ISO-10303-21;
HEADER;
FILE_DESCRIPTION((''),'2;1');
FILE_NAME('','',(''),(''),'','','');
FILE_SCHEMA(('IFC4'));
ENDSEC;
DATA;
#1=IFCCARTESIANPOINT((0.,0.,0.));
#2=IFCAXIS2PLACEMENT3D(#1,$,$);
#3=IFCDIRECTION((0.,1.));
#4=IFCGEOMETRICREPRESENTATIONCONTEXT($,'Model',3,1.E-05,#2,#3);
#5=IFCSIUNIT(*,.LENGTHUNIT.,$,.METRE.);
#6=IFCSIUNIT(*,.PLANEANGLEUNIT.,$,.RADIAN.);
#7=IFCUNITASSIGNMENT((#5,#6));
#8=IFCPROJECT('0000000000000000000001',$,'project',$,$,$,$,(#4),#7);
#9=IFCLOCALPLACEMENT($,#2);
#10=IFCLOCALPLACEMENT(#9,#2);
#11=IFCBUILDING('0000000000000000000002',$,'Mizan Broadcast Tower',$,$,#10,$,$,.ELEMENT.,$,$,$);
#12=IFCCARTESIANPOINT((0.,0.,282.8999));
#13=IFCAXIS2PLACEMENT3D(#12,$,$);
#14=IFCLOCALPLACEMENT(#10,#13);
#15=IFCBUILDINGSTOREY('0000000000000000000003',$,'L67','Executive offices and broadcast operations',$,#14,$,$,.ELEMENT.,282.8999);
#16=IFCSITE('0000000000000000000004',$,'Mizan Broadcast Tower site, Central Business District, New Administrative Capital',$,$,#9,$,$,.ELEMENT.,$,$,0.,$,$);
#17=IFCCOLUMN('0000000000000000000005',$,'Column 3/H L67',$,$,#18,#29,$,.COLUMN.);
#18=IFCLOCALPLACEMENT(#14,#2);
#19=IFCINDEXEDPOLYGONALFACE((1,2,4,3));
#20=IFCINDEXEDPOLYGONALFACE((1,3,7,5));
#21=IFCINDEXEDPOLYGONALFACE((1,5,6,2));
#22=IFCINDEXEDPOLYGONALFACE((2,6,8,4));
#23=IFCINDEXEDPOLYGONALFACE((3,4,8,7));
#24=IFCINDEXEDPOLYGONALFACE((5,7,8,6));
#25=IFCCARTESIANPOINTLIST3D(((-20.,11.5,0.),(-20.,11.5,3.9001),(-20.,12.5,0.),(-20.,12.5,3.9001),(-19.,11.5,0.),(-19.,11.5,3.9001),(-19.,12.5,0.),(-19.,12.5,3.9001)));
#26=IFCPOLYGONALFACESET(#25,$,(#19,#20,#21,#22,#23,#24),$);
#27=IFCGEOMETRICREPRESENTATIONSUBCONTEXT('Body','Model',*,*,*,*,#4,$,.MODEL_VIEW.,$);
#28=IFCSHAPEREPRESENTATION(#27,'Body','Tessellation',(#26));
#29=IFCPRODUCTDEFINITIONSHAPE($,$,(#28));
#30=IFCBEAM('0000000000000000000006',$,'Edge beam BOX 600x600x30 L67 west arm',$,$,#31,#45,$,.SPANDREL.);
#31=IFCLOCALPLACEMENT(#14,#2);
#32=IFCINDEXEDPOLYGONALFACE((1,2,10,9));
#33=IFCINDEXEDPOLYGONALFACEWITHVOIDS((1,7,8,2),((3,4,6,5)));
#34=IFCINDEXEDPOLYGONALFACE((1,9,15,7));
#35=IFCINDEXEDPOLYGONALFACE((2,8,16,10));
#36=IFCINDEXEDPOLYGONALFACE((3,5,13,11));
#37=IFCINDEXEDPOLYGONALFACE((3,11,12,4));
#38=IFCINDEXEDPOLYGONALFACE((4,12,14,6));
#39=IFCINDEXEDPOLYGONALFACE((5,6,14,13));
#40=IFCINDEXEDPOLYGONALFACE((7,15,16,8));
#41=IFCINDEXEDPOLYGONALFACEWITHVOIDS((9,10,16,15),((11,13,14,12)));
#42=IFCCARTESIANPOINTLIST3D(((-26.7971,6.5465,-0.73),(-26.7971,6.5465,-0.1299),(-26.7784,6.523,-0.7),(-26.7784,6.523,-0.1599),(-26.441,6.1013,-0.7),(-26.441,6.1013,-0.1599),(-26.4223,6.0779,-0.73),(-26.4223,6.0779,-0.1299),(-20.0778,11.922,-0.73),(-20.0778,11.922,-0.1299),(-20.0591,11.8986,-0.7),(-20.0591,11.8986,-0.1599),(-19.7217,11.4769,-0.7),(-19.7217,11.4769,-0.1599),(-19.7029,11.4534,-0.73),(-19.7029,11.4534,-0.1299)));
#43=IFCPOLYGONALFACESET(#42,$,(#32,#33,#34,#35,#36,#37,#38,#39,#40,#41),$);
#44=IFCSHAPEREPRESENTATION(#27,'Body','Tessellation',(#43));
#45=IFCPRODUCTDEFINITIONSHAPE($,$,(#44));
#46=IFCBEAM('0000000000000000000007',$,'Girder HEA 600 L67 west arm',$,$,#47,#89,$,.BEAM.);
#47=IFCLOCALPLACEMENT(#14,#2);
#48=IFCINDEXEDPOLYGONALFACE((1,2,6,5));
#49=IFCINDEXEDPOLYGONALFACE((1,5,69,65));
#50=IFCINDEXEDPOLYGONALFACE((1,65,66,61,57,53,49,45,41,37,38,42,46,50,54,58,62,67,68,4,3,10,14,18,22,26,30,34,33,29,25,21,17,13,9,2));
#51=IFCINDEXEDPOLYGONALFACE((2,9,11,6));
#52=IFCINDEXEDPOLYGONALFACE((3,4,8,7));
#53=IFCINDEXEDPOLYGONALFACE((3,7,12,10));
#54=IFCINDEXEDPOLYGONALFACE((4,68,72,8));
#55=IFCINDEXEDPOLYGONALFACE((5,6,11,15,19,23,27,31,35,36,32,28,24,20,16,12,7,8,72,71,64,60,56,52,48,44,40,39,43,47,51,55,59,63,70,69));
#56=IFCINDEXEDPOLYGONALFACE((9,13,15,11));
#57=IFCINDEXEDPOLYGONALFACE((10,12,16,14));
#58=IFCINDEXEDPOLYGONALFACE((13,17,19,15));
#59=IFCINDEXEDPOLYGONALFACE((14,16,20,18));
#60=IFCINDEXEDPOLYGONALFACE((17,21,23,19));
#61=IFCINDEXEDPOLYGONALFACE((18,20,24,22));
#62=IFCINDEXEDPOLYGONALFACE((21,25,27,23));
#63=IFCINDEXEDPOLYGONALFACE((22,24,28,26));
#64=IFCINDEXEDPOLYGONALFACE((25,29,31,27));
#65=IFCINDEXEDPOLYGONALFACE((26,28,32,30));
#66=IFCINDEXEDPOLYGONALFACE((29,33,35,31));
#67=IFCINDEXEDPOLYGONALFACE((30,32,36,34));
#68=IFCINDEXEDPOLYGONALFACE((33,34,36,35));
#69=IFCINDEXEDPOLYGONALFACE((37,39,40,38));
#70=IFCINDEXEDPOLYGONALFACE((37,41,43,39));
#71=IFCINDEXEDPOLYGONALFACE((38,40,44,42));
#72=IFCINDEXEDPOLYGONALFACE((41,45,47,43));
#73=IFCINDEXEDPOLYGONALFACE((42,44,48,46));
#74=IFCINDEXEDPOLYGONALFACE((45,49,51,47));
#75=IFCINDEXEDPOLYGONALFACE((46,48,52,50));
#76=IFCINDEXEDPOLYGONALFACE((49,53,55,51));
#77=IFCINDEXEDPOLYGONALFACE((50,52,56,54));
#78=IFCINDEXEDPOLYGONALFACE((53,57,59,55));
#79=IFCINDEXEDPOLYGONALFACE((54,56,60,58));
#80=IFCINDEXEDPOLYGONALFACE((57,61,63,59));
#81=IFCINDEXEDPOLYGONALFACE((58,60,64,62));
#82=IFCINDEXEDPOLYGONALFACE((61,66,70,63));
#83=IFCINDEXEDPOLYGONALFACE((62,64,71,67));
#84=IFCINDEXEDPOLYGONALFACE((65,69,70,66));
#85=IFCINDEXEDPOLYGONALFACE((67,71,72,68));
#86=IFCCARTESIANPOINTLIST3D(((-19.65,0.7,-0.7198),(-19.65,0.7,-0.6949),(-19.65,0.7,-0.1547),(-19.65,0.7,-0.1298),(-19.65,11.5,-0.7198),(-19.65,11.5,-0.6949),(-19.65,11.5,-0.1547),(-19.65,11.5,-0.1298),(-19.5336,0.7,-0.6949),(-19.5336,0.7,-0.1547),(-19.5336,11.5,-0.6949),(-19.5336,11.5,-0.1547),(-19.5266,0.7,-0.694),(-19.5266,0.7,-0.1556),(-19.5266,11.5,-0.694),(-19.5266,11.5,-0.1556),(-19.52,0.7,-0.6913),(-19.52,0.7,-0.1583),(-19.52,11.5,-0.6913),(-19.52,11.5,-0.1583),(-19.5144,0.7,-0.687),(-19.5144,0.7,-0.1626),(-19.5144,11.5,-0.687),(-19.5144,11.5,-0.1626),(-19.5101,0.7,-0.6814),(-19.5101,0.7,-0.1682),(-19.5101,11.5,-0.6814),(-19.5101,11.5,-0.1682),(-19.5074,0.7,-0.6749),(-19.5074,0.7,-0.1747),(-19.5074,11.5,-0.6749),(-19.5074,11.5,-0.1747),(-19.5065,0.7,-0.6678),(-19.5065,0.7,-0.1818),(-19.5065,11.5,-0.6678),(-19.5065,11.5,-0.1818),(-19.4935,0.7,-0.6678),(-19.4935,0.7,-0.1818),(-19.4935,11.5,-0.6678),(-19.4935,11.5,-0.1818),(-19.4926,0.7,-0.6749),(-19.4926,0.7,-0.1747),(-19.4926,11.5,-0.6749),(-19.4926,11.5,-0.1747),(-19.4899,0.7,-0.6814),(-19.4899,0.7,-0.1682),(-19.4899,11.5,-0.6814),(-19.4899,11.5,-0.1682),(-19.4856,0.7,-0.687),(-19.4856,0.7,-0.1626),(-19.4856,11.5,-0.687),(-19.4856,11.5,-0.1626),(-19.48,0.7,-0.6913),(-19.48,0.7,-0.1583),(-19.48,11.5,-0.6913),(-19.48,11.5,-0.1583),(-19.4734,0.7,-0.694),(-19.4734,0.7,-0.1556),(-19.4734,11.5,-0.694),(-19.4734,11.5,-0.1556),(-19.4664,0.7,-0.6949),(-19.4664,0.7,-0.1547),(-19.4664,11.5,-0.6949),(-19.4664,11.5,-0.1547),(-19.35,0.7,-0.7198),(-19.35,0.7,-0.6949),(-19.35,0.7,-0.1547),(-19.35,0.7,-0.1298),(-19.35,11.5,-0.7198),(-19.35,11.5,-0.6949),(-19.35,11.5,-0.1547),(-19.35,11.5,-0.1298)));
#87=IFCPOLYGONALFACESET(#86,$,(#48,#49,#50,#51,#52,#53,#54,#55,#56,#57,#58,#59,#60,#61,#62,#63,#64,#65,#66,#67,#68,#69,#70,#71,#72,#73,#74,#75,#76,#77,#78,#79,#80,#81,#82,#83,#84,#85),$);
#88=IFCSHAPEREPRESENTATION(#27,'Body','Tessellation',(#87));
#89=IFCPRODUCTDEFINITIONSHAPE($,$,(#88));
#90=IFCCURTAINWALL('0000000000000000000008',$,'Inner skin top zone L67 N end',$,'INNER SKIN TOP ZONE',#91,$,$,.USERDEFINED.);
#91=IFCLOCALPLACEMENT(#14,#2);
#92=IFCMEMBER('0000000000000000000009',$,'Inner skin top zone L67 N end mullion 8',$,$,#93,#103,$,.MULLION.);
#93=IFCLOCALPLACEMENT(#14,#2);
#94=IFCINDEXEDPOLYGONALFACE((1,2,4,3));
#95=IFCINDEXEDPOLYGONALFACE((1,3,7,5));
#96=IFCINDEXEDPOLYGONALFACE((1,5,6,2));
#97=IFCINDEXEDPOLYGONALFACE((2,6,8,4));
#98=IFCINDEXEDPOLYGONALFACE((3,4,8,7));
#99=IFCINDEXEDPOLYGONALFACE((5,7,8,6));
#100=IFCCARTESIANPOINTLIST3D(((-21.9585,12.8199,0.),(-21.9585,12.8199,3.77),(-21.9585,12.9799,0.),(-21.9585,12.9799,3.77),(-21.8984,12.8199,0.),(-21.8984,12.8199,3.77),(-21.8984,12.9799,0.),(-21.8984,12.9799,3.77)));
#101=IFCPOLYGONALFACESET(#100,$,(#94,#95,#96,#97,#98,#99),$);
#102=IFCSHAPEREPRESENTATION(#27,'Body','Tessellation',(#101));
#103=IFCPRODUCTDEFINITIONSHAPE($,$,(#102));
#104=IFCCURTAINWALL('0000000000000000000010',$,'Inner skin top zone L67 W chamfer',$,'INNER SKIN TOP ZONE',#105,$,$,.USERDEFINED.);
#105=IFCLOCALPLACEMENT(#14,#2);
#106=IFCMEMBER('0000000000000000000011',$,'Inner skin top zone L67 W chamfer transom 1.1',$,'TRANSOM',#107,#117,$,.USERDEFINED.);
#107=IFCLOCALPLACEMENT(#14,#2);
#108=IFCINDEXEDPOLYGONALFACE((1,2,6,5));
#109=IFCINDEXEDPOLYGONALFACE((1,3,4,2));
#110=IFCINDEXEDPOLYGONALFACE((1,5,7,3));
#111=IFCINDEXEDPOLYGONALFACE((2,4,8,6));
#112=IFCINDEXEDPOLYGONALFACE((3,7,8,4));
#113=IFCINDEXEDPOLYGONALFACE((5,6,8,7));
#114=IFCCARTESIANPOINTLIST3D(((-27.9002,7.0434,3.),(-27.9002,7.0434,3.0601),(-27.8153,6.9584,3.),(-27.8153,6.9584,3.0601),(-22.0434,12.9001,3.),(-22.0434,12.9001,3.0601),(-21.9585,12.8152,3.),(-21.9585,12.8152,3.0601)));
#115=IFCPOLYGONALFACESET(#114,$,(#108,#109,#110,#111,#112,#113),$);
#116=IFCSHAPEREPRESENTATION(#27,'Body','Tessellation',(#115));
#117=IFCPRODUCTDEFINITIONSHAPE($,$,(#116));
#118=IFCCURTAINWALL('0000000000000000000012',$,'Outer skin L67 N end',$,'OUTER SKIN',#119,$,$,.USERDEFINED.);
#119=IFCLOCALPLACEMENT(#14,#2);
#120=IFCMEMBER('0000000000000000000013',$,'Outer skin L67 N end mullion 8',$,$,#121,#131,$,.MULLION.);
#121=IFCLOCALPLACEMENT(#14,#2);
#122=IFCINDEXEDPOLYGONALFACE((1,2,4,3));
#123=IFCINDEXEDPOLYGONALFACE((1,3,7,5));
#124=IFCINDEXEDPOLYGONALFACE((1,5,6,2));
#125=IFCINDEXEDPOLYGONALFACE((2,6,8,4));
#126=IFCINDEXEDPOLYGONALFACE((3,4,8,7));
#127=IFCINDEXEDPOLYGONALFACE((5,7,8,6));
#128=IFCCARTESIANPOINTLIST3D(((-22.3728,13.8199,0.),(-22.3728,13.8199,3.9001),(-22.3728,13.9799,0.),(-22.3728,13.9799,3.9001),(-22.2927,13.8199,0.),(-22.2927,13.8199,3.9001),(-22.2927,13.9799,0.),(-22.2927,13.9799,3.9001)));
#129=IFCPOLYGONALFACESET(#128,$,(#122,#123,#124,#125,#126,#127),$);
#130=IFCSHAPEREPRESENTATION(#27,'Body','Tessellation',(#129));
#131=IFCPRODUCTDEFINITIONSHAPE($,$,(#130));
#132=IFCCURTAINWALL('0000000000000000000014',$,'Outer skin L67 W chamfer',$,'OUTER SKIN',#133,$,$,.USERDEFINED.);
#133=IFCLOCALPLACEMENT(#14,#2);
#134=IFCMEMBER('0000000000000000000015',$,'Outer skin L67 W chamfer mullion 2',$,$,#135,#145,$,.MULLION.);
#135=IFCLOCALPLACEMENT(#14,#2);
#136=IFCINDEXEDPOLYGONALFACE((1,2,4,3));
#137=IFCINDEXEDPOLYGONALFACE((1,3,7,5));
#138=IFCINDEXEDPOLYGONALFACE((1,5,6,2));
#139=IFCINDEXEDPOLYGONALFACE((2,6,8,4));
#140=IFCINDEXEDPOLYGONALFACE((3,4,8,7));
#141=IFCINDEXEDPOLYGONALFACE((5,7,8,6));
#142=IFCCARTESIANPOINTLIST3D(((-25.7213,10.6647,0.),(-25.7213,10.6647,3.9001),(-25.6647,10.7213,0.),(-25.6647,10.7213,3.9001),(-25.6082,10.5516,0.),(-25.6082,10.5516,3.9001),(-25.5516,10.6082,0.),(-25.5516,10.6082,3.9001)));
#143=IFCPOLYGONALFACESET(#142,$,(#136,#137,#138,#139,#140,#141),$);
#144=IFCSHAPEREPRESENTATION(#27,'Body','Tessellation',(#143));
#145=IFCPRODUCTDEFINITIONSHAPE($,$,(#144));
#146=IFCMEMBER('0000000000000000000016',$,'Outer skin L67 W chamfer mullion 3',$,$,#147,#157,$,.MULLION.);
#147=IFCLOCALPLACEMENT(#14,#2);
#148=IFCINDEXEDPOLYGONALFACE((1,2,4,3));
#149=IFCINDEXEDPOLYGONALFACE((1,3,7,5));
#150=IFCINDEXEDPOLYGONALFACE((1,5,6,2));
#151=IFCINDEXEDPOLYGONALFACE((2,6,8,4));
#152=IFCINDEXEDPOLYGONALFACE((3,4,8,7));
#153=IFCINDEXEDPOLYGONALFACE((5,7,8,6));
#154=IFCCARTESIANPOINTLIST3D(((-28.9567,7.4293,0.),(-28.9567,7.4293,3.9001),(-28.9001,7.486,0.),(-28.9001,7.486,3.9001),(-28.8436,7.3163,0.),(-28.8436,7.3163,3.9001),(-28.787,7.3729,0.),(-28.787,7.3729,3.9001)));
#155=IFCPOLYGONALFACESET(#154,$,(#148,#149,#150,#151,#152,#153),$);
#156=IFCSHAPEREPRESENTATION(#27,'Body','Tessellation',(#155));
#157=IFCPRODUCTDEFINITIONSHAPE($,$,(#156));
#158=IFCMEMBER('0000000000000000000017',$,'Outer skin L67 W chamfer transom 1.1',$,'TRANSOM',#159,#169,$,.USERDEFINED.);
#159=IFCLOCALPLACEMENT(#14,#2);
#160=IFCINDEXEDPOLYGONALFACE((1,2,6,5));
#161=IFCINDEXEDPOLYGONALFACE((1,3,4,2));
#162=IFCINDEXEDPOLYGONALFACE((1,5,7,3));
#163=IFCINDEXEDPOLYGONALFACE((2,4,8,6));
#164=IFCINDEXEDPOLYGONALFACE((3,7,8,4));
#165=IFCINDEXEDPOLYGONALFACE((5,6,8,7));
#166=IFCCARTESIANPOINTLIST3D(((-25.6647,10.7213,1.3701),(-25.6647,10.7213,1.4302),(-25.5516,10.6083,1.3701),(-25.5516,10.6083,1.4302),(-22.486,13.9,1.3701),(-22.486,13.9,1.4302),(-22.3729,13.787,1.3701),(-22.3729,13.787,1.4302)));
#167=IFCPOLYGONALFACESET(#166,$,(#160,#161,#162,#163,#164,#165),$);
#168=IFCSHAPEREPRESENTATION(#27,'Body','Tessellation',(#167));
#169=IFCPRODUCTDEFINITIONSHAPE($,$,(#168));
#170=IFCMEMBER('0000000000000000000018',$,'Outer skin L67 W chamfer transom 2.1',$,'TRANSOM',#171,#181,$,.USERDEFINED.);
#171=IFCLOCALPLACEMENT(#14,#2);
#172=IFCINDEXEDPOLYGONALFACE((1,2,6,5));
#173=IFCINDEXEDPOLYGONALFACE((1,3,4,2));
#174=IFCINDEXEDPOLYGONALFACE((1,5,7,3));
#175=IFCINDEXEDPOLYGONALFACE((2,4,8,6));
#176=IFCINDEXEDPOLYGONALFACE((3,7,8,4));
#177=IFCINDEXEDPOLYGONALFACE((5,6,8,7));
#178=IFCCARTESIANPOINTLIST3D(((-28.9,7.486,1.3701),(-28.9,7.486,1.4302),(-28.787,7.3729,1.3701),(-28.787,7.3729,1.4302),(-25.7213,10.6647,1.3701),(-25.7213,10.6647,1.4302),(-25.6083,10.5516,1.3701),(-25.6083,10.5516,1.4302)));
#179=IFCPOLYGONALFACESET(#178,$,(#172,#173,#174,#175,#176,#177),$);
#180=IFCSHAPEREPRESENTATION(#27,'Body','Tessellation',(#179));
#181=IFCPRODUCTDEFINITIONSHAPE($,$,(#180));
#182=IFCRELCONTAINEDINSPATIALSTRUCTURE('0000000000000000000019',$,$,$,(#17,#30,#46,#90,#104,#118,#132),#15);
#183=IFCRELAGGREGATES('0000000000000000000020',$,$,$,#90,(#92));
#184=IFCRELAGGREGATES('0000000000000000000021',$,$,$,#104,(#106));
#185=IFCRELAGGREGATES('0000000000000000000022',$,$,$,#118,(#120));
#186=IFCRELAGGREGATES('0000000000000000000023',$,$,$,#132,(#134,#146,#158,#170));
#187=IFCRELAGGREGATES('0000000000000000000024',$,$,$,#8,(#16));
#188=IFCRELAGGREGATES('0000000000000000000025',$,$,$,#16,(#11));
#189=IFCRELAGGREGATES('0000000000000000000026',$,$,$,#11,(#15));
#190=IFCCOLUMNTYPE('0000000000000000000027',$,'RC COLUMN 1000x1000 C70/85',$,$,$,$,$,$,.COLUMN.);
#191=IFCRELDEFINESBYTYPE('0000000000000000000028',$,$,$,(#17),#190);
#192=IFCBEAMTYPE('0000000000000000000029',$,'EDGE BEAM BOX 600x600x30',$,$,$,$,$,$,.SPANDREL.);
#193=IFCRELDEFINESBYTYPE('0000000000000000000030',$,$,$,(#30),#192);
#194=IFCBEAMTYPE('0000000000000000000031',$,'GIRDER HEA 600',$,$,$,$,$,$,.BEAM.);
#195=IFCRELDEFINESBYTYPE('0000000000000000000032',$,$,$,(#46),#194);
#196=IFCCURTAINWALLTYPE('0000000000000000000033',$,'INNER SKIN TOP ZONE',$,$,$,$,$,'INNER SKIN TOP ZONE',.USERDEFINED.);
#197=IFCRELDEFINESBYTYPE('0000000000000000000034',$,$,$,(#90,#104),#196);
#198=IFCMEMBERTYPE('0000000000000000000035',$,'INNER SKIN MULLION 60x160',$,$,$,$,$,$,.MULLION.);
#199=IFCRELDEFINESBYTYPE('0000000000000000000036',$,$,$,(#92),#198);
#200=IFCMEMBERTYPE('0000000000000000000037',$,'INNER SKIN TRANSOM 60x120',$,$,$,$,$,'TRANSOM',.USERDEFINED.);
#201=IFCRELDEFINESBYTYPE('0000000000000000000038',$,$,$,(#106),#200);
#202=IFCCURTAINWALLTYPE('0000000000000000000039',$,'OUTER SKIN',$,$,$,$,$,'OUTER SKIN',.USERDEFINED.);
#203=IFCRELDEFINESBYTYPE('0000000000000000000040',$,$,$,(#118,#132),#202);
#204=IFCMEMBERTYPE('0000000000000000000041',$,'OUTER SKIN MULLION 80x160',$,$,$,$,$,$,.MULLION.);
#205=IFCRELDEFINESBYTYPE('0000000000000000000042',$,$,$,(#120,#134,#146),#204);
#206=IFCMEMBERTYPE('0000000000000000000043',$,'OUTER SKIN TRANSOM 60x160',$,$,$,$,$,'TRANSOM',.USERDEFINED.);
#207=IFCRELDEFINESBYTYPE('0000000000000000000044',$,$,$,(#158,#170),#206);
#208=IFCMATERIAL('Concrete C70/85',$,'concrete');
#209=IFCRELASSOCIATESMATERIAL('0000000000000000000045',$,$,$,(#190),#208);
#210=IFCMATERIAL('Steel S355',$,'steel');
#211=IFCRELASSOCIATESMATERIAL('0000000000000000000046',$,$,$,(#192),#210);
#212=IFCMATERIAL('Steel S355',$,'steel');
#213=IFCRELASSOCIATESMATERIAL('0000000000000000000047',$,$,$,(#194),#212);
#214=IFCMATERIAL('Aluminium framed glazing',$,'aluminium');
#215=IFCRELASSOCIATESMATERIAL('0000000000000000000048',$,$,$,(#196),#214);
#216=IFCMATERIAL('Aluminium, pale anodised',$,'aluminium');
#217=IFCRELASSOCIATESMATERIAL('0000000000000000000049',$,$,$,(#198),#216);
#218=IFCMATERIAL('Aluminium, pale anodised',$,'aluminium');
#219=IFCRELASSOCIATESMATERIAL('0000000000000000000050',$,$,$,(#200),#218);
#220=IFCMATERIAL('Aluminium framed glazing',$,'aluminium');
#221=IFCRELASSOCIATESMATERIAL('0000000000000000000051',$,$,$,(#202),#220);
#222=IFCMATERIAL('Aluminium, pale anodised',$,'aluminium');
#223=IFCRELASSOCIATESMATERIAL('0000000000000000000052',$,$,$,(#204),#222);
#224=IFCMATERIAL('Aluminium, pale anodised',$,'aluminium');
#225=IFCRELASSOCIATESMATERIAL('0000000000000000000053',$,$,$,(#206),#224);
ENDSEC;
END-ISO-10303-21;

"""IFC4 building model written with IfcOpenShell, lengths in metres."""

from ifc_helpers import new_model, si_unit, direction, frame, origin, origin_2d, place, context, subcontext, project, spatial, rectangle, hollow_rectangle, i_section, extrude, material, material_profile, profile_set, type_object, element, aggregate, save


model = new_model("IFC4")

# Units and contexts
model_context = context("Model", 3, precision=1e-05, world=origin(), true_north=direction((0.0, 1.0)))
body_context = subcontext(model_context, "Body", "Model", "MODEL_VIEW")
ifc_project = project(units=[si_unit("LENGTHUNIT", "METRE"), si_unit("PLANEANGLEUNIT", "RADIAN")], contexts=[model_context])

# Site, building, storey
site_placement = place(None, origin())
site = spatial("IfcSite", under=ifc_project, at=site_placement, Name="Mizan Broadcast Tower site, Central Business District, New Administrative Capital", CompositionType="ELEMENT", RefElevation=0.0)
building_placement = place(site_placement, origin())
building = spatial("IfcBuilding", under=site, at=building_placement, Name="Mizan Broadcast Tower", CompositionType="ELEMENT")
storey_placement = place(building_placement, frame((0.0, 0.0, 282.8999)))
storey = spatial("IfcBuildingStorey", under=building, at=storey_placement, Name="L67", Description="Executive offices and broadcast operations", CompositionType="ELEMENT", Elevation=282.8999)

# Column
ifc_material_1 = material(Name="Concrete C70/85", Category="concrete")
ifc_material_profile_1 = material_profile(ifc_material_1, rectangle(XDim=1.0, YDim=1.0, at=origin_2d()), Name="RC 1000x1000")
ifc_profile_set_1 = profile_set([ifc_material_profile_1], Name="Concrete C70/85")
column_type = type_object("IfcColumnType", Name="RC COLUMN 1000x1000 C70/85", PredefinedType="COLUMN", material=ifc_profile_set_1)
column_placement = place(storey_placement, frame((-19.5, 12.0, 0.0), z_axis=(0.0, 0.0, 1.0), x_axis=(1.0, 0.0, 0.0)))
element("IfcColumn", 1, at=column_placement, inside=storey, type_object=column_type, Name="Column 3/H L67", PredefinedType="COLUMN", context=body_context, shape_type="SweptSolid", body=[
    extrude(rectangle(XDim=1.0, YDim=1.0, at=origin_2d()), origin(), (0.0, 0.0, 1.0), 3.9001),
])

# Beams
ifc_material_2 = material(Name="Steel S355", Category="steel")
ifc_material_profile_2 = material_profile(ifc_material_2, hollow_rectangle(XDim=0.6001, YDim=0.6001, WallThickness=0.03, at=origin_2d()), Name="BOX 600x600x30")
ifc_profile_set_2 = profile_set([ifc_material_profile_2], Name="Steel S355")
beam_type_1 = type_object("IfcBeamType", Name="EDGE BEAM BOX 600x600x30", PredefinedType="SPANDREL", material=ifc_profile_set_2)
beam_1_placement = place(storey_placement, frame((-19.8904, 11.6877, -0.4299), z_axis=(-0.780863, -0.624702, 0.0), x_axis=(0.624702, -0.780863, 0.0)))
element("IfcBeam", 2, at=beam_1_placement, inside=storey, type_object=beam_type_1, Name="Edge beam BOX 600x600x30 L67 west arm", PredefinedType="SPANDREL", context=body_context, shape_type="SweptSolid", body=[
    extrude(hollow_rectangle(XDim=0.6001, YDim=0.6001, WallThickness=0.03, at=origin_2d()), origin(), (0.0, 0.0, 1.0), 8.605),
])
ifc_material_3 = material(Name="Steel S355", Category="steel")
ifc_material_profile_3 = material_profile(ifc_material_3, i_section(OverallWidth=0.3, OverallDepth=0.5901, WebThickness=0.0129, FlangeThickness=0.0249, FilletRadius=0.0271, at=origin_2d()), Name="HEA 600")
ifc_profile_set_3 = profile_set([ifc_material_profile_3], Name="Steel S355")
beam_type_2 = type_object("IfcBeamType", Name="GIRDER HEA 600", PredefinedType="BEAM", material=ifc_profile_set_3)
beam_2_placement = place(storey_placement, frame((-19.5, 11.5, -0.4248), z_axis=(0.0, -1.0, 0.0), x_axis=(1.0, 0.0, 0.0)))
element("IfcBeam", 3, at=beam_2_placement, inside=storey, type_object=beam_type_2, Name="Girder HEA 600 L67 west arm", PredefinedType="BEAM", context=body_context, shape_type="SweptSolid", body=[
    extrude(i_section(OverallWidth=0.3, OverallDepth=0.5901, WebThickness=0.0129, FlangeThickness=0.0249, FilletRadius=0.0271, at=origin_2d()), origin(), (0.0, 0.0, 1.0), 10.8),
])

# Curtain walls, members
ifc_material_4 = material(Name="Aluminium framed glazing", Category="aluminium")
curtain_wall_type_1 = type_object("IfcCurtainWallType", Name="INNER SKIN TOP ZONE", ElementType="INNER SKIN TOP ZONE", PredefinedType="USERDEFINED", material=ifc_material_4)
curtain_wall_1_placement = place(storey_placement, origin())
curtain_wall_1 = element("IfcCurtainWall", 4, at=curtain_wall_1_placement, inside=storey, type_object=curtain_wall_type_1, Name="Inner skin top zone L67 N end", ObjectType="INNER SKIN TOP ZONE", PredefinedType="USERDEFINED")
ifc_material_5 = material(Name="Aluminium, pale anodised", Category="aluminium")
ifc_material_profile_4 = material_profile(ifc_material_5, rectangle(XDim=0.1599, YDim=0.0601, at=origin_2d()), Name="MULLION 160x60")
ifc_profile_set_4 = profile_set([ifc_material_profile_4], Name="Aluminium, pale anodised")
member_type_1 = type_object("IfcMemberType", Name="INNER SKIN MULLION 60x160", PredefinedType="MULLION", material=ifc_profile_set_4)
member_1_placement = place(storey_placement, frame((-21.9285, 12.8999, 0.0), z_axis=(0.0, 0.0, 1.0), x_axis=(0.0, -1.0, 0.0)))
member_1 = element("IfcMember", 5, at=member_1_placement, type_object=member_type_1, Name="Inner skin top zone L67 N end mullion 8", PredefinedType="MULLION", context=body_context, shape_type="SweptSolid", body=[
    extrude(rectangle(XDim=0.1599, YDim=0.0601, at=origin_2d()), origin(), (0.0, 0.0, 1.0), 3.77),
])
curtain_wall_2_placement = place(storey_placement, origin())
curtain_wall_2 = element("IfcCurtainWall", 6, at=curtain_wall_2_placement, inside=storey, type_object=curtain_wall_type_1, Name="Inner skin top zone L67 W chamfer", ObjectType="INNER SKIN TOP ZONE", PredefinedType="USERDEFINED")
ifc_material_6 = material(Name="Aluminium, pale anodised", Category="aluminium")
ifc_material_profile_5 = material_profile(ifc_material_6, rectangle(XDim=0.1201, YDim=0.0601, at=origin_2d()), Name="TRANSOM 120x60")
ifc_profile_set_5 = profile_set([ifc_material_profile_5], Name="Aluminium, pale anodised")
member_type_2 = type_object("IfcMemberType", Name="INNER SKIN TRANSOM 60x120", ElementType="TRANSOM", PredefinedType="USERDEFINED", material=ifc_profile_set_5)
member_2_placement = place(storey_placement, frame((-22.001, 12.8577, 3.03), z_axis=(-0.707107, -0.707107, 0.0), x_axis=(0.707107, -0.707107, 0.0)))
member_2 = element("IfcMember", 7, at=member_2_placement, type_object=member_type_2, Name="Inner skin top zone L67 W chamfer transom 1.1", ObjectType="TRANSOM", PredefinedType="USERDEFINED", context=body_context, shape_type="SweptSolid", body=[
    extrude(rectangle(XDim=0.1201, YDim=0.0601, at=origin_2d()), origin(), (0.0, 0.0, 1.0), 8.2827),
])
ifc_material_7 = material(Name="Aluminium framed glazing", Category="aluminium")
curtain_wall_type_2 = type_object("IfcCurtainWallType", Name="OUTER SKIN", ElementType="OUTER SKIN", PredefinedType="USERDEFINED", material=ifc_material_7)
curtain_wall_3_placement = place(storey_placement, origin())
curtain_wall_3 = element("IfcCurtainWall", 8, at=curtain_wall_3_placement, inside=storey, type_object=curtain_wall_type_2, Name="Outer skin L67 N end", ObjectType="OUTER SKIN", PredefinedType="USERDEFINED")
ifc_material_8 = material(Name="Aluminium, pale anodised", Category="aluminium")
ifc_material_profile_6 = material_profile(ifc_material_8, rectangle(XDim=0.1599, YDim=0.0801, at=origin_2d()), Name="MULLION 160x80")
ifc_profile_set_6 = profile_set([ifc_material_profile_6], Name="Aluminium, pale anodised")
member_type_3 = type_object("IfcMemberType", Name="OUTER SKIN MULLION 80x160", PredefinedType="MULLION", material=ifc_profile_set_6)
member_3_placement = place(storey_placement, frame((-22.3328, 13.8999, 0.0), z_axis=(0.0, 0.0, 1.0), x_axis=(0.0, -1.0, 0.0)))
member_3 = element("IfcMember", 9, at=member_3_placement, type_object=member_type_3, Name="Outer skin L67 N end mullion 8", PredefinedType="MULLION", context=body_context, shape_type="SweptSolid", body=[
    extrude(rectangle(XDim=0.1599, YDim=0.0801, at=origin_2d()), origin(), (0.0, 0.0, 1.0), 3.9001),
])

# Curtain wall, members
curtain_wall_4_placement = place(storey_placement, origin())
curtain_wall_4 = element("IfcCurtainWall", 10, at=curtain_wall_4_placement, inside=storey, type_object=curtain_wall_type_2, Name="Outer skin L67 W chamfer", ObjectType="OUTER SKIN", PredefinedType="USERDEFINED")
member_4_placement = place(storey_placement, frame((-25.6365, 10.6365, 0.0), z_axis=(0.0, 0.0, 1.0), x_axis=(0.707107, -0.707107, 0.0)))
member_4 = element("IfcMember", 11, at=member_4_placement, type_object=member_type_3, Name="Outer skin L67 W chamfer mullion 2", PredefinedType="MULLION", context=body_context, shape_type="SweptSolid", body=[
    extrude(rectangle(XDim=0.1599, YDim=0.0801, at=origin_2d()), origin(), (0.0, 0.0, 1.0), 3.9001),
])
member_5_placement = place(storey_placement, frame((-28.8718, 7.4011, 0.0), z_axis=(0.0, 0.0, 1.0), x_axis=(0.707107, -0.707107, 0.0)))
member_5 = element("IfcMember", 12, at=member_5_placement, type_object=member_type_3, Name="Outer skin L67 W chamfer mullion 3", PredefinedType="MULLION", context=body_context, shape_type="SweptSolid", body=[
    extrude(rectangle(XDim=0.1599, YDim=0.0801, at=origin_2d()), origin(), (0.0, 0.0, 1.0), 3.9001),
])
ifc_material_9 = material(Name="Aluminium, pale anodised", Category="aluminium")
ifc_material_profile_7 = material_profile(ifc_material_9, rectangle(XDim=0.1599, YDim=0.0601, at=origin_2d()), Name="TRANSOM 160x60")
ifc_profile_set_7 = profile_set([ifc_material_profile_7], Name="Aluminium, pale anodised")
member_type_4 = type_object("IfcMemberType", Name="OUTER SKIN TRANSOM 60x160", ElementType="TRANSOM", PredefinedType="USERDEFINED", material=ifc_profile_set_7)
member_6_placement = place(storey_placement, frame((-22.4294, 13.8435, 1.4001), z_axis=(-0.707107, -0.707107, 0.0), x_axis=(0.707107, -0.707107, 0.0)))
member_6 = element("IfcMember", 13, at=member_6_placement, type_object=member_type_4, Name="Outer skin L67 W chamfer transom 1.1", ObjectType="TRANSOM", PredefinedType="USERDEFINED", context=body_context, shape_type="SweptSolid", body=[
    extrude(rectangle(XDim=0.1599, YDim=0.0601, at=origin_2d()), origin(), (0.0, 0.0, 1.0), 4.4954),
])
member_7_placement = place(storey_placement, frame((-25.6648, 10.6082, 1.4001), z_axis=(-0.707107, -0.707107, 0.0), x_axis=(0.707107, -0.707107, 0.0)))
member_7 = element("IfcMember", 14, at=member_7_placement, type_object=member_type_4, Name="Outer skin L67 W chamfer transom 2.1", ObjectType="TRANSOM", PredefinedType="USERDEFINED", context=body_context, shape_type="SweptSolid", body=[
    extrude(rectangle(XDim=0.1599, YDim=0.0601, at=origin_2d()), origin(), (0.0, 0.0, 1.0), 4.4954),
])

aggregate(curtain_wall_1, [member_1])
aggregate(curtain_wall_2, [member_2])
aggregate(curtain_wall_3, [member_3])
aggregate(curtain_wall_4, [member_4, member_5, member_6, member_7])

save(model, "model.ifc")
